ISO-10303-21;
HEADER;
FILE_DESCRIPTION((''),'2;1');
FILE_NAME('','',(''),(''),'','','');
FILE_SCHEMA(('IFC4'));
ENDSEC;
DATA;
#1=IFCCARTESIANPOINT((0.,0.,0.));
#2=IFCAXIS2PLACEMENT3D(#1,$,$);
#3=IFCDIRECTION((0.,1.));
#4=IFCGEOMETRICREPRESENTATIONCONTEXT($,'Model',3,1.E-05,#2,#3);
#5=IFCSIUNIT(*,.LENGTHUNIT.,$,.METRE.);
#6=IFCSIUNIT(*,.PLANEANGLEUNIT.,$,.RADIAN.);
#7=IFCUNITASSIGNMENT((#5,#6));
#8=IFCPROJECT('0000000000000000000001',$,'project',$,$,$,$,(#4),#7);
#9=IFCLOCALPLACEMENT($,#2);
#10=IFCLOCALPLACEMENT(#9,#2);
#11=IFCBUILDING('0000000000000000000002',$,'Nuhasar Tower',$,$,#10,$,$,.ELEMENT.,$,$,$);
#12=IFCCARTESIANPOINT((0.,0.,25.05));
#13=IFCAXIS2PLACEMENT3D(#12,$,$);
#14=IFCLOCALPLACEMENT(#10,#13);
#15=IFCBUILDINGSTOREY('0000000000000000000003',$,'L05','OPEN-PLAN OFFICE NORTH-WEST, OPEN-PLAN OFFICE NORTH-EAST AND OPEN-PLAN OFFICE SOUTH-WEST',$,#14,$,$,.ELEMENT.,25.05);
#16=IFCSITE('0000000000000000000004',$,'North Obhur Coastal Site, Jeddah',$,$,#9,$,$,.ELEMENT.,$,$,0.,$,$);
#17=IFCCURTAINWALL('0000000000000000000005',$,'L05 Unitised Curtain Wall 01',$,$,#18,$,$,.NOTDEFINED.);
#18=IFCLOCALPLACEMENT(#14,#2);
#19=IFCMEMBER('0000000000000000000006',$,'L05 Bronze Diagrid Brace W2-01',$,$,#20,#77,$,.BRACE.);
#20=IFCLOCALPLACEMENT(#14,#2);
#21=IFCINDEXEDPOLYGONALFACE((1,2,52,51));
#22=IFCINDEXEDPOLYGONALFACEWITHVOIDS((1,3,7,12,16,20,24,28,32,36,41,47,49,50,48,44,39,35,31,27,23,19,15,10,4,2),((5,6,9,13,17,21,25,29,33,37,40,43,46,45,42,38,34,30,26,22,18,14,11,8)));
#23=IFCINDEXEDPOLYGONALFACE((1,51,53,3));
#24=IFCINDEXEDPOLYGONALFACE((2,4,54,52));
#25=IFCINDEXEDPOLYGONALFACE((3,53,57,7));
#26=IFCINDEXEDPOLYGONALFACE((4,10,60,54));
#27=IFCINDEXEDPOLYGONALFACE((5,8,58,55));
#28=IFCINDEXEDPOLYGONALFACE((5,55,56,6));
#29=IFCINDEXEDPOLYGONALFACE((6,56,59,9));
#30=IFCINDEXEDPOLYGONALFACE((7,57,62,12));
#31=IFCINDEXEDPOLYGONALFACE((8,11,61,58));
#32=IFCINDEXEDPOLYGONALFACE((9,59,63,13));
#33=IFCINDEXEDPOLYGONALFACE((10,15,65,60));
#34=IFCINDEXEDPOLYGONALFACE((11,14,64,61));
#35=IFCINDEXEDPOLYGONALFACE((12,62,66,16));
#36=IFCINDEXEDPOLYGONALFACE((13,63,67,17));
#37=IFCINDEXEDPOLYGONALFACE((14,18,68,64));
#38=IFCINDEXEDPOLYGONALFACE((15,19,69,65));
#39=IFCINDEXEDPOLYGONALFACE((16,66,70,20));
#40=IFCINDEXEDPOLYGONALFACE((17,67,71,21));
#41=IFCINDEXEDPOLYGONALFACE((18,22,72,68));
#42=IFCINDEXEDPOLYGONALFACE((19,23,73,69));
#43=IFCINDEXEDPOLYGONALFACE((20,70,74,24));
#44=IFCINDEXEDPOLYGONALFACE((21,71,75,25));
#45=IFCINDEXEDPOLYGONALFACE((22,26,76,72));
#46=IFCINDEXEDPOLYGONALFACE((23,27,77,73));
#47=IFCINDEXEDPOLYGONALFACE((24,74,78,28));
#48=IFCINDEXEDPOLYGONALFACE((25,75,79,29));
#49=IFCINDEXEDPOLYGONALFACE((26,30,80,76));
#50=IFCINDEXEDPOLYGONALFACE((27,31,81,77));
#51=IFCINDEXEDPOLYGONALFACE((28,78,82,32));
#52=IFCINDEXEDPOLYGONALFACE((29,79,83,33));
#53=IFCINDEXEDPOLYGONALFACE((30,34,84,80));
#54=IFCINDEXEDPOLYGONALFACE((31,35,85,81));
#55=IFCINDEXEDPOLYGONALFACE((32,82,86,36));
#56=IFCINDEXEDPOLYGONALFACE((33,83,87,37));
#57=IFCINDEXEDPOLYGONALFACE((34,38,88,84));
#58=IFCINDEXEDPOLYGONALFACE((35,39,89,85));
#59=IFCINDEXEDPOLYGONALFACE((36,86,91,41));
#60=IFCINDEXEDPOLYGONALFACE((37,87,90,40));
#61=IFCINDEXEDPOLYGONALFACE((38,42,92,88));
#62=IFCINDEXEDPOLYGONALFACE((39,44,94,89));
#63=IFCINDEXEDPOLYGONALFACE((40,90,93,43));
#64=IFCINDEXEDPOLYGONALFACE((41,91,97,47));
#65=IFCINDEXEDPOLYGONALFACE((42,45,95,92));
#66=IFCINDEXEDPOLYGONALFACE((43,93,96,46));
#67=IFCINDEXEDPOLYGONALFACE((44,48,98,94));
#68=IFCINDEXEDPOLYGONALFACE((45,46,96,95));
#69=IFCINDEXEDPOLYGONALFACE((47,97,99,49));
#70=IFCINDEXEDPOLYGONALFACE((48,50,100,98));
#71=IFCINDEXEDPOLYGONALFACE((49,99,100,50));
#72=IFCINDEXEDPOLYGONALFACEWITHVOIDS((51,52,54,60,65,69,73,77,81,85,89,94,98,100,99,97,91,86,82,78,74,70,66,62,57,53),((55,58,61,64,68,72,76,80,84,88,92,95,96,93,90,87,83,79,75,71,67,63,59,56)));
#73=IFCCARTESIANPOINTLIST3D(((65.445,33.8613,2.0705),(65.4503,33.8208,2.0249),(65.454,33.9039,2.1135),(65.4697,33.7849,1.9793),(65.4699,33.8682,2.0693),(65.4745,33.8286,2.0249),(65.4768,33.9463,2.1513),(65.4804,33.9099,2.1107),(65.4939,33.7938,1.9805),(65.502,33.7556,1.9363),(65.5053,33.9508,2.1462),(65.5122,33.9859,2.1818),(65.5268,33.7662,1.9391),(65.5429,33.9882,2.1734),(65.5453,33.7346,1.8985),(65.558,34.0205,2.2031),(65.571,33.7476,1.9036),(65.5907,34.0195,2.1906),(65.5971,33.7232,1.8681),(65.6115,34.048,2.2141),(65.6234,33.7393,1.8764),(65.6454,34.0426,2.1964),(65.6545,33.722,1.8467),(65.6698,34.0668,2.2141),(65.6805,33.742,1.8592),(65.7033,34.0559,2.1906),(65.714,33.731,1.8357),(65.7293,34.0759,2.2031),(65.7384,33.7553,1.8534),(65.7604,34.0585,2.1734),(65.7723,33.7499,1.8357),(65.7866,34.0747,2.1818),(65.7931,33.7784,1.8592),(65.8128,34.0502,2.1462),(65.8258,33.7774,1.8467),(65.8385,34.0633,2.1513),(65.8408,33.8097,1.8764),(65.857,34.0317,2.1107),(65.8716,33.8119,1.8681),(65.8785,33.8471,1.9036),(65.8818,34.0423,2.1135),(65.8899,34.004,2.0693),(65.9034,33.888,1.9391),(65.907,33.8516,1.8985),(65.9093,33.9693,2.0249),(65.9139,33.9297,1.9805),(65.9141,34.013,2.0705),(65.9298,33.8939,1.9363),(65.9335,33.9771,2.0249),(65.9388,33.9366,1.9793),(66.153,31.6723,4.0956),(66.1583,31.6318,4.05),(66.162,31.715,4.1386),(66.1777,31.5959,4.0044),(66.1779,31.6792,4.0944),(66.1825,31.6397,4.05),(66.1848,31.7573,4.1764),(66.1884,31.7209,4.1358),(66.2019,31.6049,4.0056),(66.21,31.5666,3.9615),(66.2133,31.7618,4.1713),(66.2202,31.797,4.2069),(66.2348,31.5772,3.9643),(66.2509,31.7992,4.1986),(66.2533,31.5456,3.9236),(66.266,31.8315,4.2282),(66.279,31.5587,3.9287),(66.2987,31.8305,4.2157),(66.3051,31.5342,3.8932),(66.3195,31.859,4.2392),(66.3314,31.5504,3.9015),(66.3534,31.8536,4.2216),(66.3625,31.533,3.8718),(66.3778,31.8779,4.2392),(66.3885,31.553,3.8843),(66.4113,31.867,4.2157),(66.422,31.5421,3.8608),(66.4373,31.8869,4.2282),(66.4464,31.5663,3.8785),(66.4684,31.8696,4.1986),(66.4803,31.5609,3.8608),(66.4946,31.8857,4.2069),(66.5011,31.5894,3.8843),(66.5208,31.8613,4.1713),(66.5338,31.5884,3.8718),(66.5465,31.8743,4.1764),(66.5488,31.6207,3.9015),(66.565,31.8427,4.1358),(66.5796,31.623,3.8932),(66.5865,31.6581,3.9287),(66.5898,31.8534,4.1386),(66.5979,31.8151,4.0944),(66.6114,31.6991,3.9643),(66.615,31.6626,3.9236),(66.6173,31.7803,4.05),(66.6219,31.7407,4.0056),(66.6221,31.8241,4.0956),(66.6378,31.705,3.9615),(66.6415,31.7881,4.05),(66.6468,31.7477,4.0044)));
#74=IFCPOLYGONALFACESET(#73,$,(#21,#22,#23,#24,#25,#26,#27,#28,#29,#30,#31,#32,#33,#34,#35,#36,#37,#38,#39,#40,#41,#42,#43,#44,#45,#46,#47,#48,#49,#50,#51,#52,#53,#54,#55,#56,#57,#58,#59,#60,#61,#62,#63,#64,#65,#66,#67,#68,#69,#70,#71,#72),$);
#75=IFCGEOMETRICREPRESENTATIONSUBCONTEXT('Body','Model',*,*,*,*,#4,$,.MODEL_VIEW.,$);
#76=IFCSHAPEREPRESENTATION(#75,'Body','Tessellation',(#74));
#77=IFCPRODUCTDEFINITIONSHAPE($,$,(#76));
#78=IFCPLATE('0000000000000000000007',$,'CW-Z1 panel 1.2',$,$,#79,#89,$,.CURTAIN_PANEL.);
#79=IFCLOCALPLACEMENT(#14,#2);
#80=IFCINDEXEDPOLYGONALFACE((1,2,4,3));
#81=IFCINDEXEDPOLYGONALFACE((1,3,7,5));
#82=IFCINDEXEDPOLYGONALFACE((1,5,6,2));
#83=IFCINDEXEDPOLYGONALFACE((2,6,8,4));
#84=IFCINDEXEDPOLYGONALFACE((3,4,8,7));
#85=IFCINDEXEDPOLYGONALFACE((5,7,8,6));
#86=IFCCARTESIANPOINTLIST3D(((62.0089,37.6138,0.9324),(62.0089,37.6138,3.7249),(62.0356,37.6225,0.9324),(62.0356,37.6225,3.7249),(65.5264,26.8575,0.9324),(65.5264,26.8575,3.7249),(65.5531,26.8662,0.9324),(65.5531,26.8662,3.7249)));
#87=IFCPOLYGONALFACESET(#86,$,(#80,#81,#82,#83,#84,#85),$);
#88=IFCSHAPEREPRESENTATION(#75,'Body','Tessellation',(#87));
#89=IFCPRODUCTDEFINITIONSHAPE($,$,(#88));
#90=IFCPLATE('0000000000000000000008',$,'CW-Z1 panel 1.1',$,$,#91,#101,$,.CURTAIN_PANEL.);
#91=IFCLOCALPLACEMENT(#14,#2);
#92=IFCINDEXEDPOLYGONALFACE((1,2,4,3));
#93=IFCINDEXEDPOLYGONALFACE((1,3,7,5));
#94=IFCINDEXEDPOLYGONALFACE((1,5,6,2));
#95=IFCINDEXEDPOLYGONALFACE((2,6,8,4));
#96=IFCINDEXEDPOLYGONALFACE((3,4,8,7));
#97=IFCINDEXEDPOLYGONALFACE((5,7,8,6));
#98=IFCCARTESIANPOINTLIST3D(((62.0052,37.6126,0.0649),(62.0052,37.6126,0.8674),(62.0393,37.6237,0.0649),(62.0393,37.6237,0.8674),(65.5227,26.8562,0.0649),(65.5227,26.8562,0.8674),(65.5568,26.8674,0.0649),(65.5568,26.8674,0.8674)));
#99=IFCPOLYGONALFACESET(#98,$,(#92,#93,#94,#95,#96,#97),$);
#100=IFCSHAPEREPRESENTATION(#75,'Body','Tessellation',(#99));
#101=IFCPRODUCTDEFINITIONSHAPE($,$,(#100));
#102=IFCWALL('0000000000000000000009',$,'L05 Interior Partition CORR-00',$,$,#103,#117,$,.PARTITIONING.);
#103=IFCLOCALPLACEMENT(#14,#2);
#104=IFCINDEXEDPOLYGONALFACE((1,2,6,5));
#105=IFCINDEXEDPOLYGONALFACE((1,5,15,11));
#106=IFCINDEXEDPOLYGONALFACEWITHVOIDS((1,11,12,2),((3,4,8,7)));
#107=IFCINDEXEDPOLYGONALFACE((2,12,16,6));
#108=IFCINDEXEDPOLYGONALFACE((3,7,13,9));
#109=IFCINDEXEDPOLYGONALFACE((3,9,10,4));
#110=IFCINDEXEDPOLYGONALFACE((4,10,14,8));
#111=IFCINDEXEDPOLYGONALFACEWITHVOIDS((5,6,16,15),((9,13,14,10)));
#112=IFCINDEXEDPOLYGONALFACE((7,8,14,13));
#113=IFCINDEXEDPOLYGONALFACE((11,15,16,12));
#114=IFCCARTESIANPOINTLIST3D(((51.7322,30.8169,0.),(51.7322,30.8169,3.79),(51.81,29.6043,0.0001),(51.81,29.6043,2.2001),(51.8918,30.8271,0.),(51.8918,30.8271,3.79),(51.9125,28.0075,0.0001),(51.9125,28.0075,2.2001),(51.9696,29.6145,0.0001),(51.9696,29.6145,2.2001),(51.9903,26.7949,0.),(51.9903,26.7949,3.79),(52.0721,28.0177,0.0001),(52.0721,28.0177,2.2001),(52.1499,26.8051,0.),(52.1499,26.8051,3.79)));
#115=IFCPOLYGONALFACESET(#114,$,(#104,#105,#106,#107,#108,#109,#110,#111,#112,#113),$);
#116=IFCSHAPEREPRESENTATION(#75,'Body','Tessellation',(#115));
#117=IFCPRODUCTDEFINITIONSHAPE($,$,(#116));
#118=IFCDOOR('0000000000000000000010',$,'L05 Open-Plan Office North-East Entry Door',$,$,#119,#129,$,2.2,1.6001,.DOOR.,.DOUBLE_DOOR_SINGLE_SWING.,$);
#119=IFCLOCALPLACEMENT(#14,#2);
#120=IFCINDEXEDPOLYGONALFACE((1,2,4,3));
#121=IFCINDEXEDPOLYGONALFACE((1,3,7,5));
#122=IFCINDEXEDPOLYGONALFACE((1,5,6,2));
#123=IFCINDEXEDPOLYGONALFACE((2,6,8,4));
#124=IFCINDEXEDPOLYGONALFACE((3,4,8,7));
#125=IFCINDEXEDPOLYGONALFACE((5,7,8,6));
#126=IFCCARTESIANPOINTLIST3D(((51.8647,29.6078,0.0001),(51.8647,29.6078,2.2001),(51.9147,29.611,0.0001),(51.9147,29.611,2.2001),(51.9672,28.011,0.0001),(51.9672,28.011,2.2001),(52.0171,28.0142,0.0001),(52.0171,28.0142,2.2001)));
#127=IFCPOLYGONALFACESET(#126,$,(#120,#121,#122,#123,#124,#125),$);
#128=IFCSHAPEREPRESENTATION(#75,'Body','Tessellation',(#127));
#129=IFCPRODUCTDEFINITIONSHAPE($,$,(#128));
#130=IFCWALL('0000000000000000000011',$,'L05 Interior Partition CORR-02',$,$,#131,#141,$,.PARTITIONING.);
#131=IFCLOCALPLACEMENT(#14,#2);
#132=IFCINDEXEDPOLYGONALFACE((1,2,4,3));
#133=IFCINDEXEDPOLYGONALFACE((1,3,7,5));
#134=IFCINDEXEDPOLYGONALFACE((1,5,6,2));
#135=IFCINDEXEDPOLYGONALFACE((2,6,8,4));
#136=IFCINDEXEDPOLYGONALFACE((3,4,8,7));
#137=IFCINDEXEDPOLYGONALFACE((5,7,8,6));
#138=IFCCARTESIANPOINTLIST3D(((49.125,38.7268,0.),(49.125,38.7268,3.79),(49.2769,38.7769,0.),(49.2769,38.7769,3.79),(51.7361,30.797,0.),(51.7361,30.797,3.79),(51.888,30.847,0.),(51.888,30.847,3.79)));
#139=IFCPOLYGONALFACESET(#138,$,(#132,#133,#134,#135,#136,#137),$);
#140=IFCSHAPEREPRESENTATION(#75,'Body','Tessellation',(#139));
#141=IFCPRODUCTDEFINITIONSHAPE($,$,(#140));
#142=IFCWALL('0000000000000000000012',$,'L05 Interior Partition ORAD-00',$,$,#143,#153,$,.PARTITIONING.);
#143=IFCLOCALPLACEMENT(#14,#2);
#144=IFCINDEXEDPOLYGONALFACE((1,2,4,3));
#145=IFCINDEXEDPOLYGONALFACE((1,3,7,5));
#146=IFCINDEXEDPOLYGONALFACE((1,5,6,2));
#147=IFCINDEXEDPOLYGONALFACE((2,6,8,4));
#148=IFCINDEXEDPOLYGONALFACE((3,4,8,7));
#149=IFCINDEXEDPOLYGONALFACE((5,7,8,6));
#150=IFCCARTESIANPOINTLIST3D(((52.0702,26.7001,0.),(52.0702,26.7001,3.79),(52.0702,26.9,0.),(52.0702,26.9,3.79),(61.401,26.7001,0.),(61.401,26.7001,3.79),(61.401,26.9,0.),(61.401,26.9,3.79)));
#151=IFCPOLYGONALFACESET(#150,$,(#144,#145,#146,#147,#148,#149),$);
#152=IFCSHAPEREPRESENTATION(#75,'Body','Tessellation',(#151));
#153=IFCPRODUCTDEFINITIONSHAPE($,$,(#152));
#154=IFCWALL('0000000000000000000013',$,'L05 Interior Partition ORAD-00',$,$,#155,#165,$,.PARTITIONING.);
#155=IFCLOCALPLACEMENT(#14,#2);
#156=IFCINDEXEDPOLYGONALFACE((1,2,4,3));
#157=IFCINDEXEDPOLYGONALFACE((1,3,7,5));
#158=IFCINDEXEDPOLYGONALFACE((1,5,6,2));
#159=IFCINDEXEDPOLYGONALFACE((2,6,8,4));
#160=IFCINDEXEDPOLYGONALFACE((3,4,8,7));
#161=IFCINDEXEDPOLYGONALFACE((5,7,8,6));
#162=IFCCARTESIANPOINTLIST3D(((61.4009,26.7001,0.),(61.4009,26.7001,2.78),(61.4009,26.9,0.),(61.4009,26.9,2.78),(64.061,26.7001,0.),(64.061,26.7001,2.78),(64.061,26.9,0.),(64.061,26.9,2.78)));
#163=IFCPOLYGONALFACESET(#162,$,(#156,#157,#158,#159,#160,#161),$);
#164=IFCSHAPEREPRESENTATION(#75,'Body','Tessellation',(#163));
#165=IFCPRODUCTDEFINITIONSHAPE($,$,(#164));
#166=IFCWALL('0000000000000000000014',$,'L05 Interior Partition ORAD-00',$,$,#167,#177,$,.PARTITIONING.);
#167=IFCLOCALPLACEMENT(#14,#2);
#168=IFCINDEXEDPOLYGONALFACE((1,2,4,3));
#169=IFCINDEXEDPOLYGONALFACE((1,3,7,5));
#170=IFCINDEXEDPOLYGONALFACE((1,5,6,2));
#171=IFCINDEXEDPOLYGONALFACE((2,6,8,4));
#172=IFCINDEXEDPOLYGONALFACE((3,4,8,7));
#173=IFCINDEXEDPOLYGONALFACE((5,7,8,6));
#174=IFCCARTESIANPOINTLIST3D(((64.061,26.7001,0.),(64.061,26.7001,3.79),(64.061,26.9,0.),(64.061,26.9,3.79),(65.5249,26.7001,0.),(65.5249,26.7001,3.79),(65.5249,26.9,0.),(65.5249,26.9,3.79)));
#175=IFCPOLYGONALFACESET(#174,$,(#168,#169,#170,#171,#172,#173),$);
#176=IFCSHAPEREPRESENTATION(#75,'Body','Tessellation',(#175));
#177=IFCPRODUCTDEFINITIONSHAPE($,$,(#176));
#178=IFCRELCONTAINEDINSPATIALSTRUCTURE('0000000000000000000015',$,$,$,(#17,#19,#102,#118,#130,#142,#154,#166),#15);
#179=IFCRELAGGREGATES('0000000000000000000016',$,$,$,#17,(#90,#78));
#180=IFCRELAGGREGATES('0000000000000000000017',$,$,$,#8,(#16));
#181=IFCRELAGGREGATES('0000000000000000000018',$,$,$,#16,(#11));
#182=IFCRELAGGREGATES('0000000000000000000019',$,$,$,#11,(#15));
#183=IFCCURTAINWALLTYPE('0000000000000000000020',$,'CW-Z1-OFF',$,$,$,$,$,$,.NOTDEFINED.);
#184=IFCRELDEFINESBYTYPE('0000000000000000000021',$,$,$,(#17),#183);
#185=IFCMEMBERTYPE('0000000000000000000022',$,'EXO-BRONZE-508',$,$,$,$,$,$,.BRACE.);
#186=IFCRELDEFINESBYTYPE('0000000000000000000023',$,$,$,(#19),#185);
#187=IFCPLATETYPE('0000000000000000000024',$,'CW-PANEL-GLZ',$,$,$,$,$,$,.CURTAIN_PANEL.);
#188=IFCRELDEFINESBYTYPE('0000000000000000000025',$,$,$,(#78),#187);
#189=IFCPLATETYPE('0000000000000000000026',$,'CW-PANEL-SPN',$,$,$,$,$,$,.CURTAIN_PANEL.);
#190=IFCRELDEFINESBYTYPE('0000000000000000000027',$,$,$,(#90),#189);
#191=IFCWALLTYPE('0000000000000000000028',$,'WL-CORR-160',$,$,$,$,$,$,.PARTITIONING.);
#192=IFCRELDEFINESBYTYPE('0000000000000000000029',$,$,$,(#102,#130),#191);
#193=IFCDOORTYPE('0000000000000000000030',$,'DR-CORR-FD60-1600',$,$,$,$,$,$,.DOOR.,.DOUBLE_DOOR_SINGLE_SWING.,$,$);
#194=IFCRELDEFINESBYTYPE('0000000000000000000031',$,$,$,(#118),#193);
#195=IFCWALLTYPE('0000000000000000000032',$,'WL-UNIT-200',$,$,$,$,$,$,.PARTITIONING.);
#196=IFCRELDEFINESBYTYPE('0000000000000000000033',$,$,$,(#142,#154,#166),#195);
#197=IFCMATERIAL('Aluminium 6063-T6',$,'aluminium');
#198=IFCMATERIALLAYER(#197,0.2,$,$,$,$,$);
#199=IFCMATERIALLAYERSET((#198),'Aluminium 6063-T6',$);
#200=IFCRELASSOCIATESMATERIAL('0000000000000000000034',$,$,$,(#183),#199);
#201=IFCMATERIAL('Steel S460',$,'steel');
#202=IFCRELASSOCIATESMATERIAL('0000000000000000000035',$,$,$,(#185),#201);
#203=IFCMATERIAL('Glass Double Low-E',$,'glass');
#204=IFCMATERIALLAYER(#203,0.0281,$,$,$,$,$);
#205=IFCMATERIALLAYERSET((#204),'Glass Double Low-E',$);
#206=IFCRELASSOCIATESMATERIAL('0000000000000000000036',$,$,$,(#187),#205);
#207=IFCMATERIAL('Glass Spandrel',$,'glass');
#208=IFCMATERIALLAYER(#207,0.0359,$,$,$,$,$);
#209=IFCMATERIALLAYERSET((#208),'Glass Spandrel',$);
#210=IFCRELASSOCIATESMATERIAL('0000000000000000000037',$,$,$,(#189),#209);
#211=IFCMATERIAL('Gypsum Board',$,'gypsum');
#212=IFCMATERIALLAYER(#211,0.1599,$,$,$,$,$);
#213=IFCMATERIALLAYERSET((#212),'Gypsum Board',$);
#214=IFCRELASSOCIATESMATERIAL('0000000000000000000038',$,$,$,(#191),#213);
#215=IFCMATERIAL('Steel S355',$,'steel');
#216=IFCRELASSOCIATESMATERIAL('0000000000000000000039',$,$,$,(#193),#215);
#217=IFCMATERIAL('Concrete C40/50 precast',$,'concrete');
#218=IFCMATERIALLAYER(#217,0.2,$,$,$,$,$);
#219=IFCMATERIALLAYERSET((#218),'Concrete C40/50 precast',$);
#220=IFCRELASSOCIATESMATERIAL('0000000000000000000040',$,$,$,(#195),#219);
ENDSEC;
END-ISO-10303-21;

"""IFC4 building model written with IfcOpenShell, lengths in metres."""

from ifc_helpers import new_model, si_unit, direction, frame, frame_2d, origin, origin_2d, place, context, subcontext, project, spatial, rectangle, hollow_circle, extrude, material, layer, layer_set, material_profile, profile_set, type_object, element, fill, aggregate, save


model = new_model("IFC4")

# Units and contexts
model_context = context("Model", 3, precision=1e-05, world=origin(), true_north=direction((0.0, 1.0)))
body_context = subcontext(model_context, "Body", "Model", "MODEL_VIEW")
ifc_project = project(units=[si_unit("LENGTHUNIT", "METRE"), si_unit("PLANEANGLEUNIT", "RADIAN")], contexts=[model_context])

# Site, building, storey
site_placement = place(None, origin())
site = spatial("IfcSite", under=ifc_project, at=site_placement, Name="North Obhur Coastal Site, Jeddah", CompositionType="ELEMENT", RefElevation=0.0)
building_placement = place(site_placement, origin())
building = spatial("IfcBuilding", under=site, at=building_placement, Name="Nuhasar Tower", CompositionType="ELEMENT")
storey_placement = place(building_placement, frame((0.0, 0.0, 25.05)))
storey = spatial("IfcBuildingStorey", under=building, at=storey_placement, Name="L05", Description="OPEN-PLAN OFFICE NORTH-WEST, OPEN-PLAN OFFICE NORTH-EAST AND OPEN-PLAN OFFICE SOUTH-WEST", CompositionType="ELEMENT", Elevation=25.05)

# Shared definitions
ifc_material_1 = material(Name="Steel S355", Category="steel")

# Curtain wall
ifc_material_2 = material(Name="Aluminium 6063-T6", Category="aluminium")
ifc_layer_1 = layer(ifc_material_2, 0.2)
ifc_layer_set_1 = layer_set([ifc_layer_1], Name="Aluminium 6063-T6")
curtain_wall_type = type_object("IfcCurtainWallType", Name="CW-Z1-OFF", PredefinedType="NOTDEFINED", material=ifc_layer_set_1)
curtain_wall_1_placement = place(storey_placement, origin())
curtain_wall_1 = element("IfcCurtainWall", 1, at=curtain_wall_1_placement, inside=storey, type_object=curtain_wall_type, Name="L05 Unitised Curtain Wall 01", PredefinedType="NOTDEFINED")

# Member
ifc_material_3 = material(Name="Steel S460", Category="steel")
ifc_material_profile_1 = material_profile(ifc_material_3, hollow_circle(Radius=0.2539, WallThickness=0.0254, at=origin_2d()), Name="HSS508X25.4")
ifc_profile_set_1 = profile_set([ifc_material_profile_1], Name="Steel S460")
member_type_1 = type_object("IfcMemberType", Name="EXO-BRONZE-508", PredefinedType="BRACE", material=ifc_profile_set_1)
member_1_placement = place(storey_placement, frame((65.6919, 33.8989, 2.0249), z_axis=(0.231, -0.714187, 0.660739), x_axis=(0.951468, 0.307747, 0.0)))
element("IfcMember", 2, at=member_1_placement, inside=storey, type_object=member_type_1, Name="L05 Bronze Diagrid Brace W2-01", PredefinedType="BRACE", context=body_context, shape_type="SweptSolid", body=[
    extrude(hollow_circle(Radius=0.2539, WallThickness=0.0254, at=origin_2d()), origin(), (0.0, 0.0, 1.0), 3.0649),
])

# Plates
ifc_material_4 = material(Name="Glass Double Low-E", Category="glass")
ifc_layer_2 = layer(ifc_material_4, 0.0281)
ifc_layer_set_2 = layer_set([ifc_layer_2], Name="Glass Double Low-E")
plate_type_1 = type_object("IfcPlateType", Name="CW-PANEL-GLZ", PredefinedType="CURTAIN_PANEL", material=ifc_layer_set_2)
plate_1_placement = place(storey_placement, frame((63.781, 32.24, 0.9324), z_axis=(0.0, 0.0, 1.0), x_axis=(-0.310824, 0.950468, 0.0)))
plate_1 = element("IfcPlate", 3, at=plate_1_placement, type_object=plate_type_1, Name="CW-Z1 panel 1.2", PredefinedType="CURTAIN_PANEL", context=body_context, shape_type="SweptSolid", body=[
    extrude(rectangle(XDim=11.3169, YDim=0.0281, at=origin_2d()), origin(), (0.0, 0.0, 1.0), 2.7925),
])
ifc_material_5 = material(Name="Glass Spandrel", Category="glass")
ifc_layer_3 = layer(ifc_material_5, 0.0359)
ifc_layer_set_3 = layer_set([ifc_layer_3], Name="Glass Spandrel")
plate_type_2 = type_object("IfcPlateType", Name="CW-PANEL-SPN", PredefinedType="CURTAIN_PANEL", material=ifc_layer_set_3)
plate_2_placement = place(storey_placement, frame((63.781, 32.24, 0.0649), z_axis=(0.0, 0.0, 1.0), x_axis=(-0.310824, 0.950468, 0.0)))
plate_2 = element("IfcPlate", 4, at=plate_2_placement, type_object=plate_type_2, Name="CW-Z1 panel 1.1", PredefinedType="CURTAIN_PANEL", context=body_context, shape_type="SweptSolid", body=[
    extrude(rectangle(XDim=11.3169, YDim=0.0359, at=origin_2d()), origin(), (0.0, 0.0, 1.0), 0.8025),
])
aggregate(curtain_wall_1, [plate_2, plate_1])

# Wall, opening, door
ifc_material_6 = material(Name="Gypsum Board", Category="gypsum")
ifc_layer_4 = layer(ifc_material_6, 0.1599)
ifc_layer_set_4 = layer_set([ifc_layer_4], Name="Gypsum Board")
wall_type_1 = type_object("IfcWallType", Name="WL-CORR-160", PredefinedType="PARTITIONING", material=ifc_layer_set_4)
wall_1_placement = place(storey_placement, frame((51.812, 30.822, 0.0), z_axis=(0.0, 0.0, 1.0), x_axis=(0.06403, -0.997948, 0.0)))
wall_1 = element("IfcWall", 5, at=wall_1_placement, inside=storey, type_object=wall_type_1, Name="L05 Interior Partition CORR-00", PredefinedType="PARTITIONING", context=body_context, shape_type="SweptSolid", body=[
    extrude(rectangle(XDim=4.0303, YDim=0.1599, at=frame_2d((2.0151, 0.0))), origin(), (0.0, 0.0, 1.0), 3.79),
])
opening_placement = place(wall_1_placement, frame((1.2151, 0.0, 0.0)))
opening = element("IfcOpeningElement", 6, at=opening_placement, cuts=wall_1, PredefinedType="OPENING", context=body_context, shape_type="SweptSolid", body=[
    extrude(rectangle(XDim=1.6001, YDim=2.2, at=frame_2d((0.8, 1.1001))), frame((0.0, 0.0898, 0.0), z_axis=(0.0, -1.0, 0.0), x_axis=(1.0, 0.0, 0.0)), (0.0, 0.0, 1.0), 0.1799),
])
door_type = type_object("IfcDoorType", Name="DR-CORR-FD60-1600", OperationType="DOUBLE_DOOR_SINGLE_SWING", PredefinedType="DOOR", material=ifc_material_1)
door_placement = place(opening_placement, origin())
door = element("IfcDoor", 7, at=door_placement, inside=storey, type_object=door_type, Name="L05 Open-Plan Office North-East Entry Door", OperationType="DOUBLE_DOOR_SINGLE_SWING", OverallHeight=2.2, OverallWidth=1.6001, PredefinedType="DOOR", context=body_context, shape_type="SweptSolid", body=[
    extrude(rectangle(XDim=1.6001, YDim=2.2, at=frame_2d((0.8, 1.1001))), frame((0.0, 0.0249, 0.0), z_axis=(0.0, -1.0, 0.0), x_axis=(1.0, 0.0, 0.0)), (0.0, 0.0, 1.0), 0.05),
])
fill(opening, door)

# Walls
wall_2_placement = place(storey_placement, frame((51.812, 30.822, 0.0), z_axis=(0.0, 0.0, 1.0), x_axis=(-0.312752, 0.949835, 0.0)))
element("IfcWall", 8, at=wall_2_placement, inside=storey, type_object=wall_type_1, Name="L05 Interior Partition CORR-02", PredefinedType="PARTITIONING", context=body_context, shape_type="SweptSolid", body=[
    extrude(rectangle(XDim=8.3486, YDim=0.1599, at=frame_2d((4.1743, 0.0))), origin(), (0.0, 0.0, 1.0), 3.79),
])
ifc_material_7 = material(Name="Concrete C40/50 precast", Category="concrete")
ifc_layer_5 = layer(ifc_material_7, 0.2)
ifc_layer_set_5 = layer_set([ifc_layer_5], Name="Concrete C40/50 precast")
wall_type_2 = type_object("IfcWallType", Name="WL-UNIT-200", PredefinedType="PARTITIONING", material=ifc_layer_set_5)
wall_3_placement = place(storey_placement, frame((52.0701, 26.8, 0.0), z_axis=(0.0, 0.0, 1.0), x_axis=(1.0, 0.0, 0.0)))
element("IfcWall", 9, at=wall_3_placement, inside=storey, type_object=wall_type_2, Name="L05 Interior Partition ORAD-00", PredefinedType="PARTITIONING", context=body_context, shape_type="SweptSolid", body=[
    extrude(rectangle(XDim=9.3308, YDim=0.2, at=frame_2d((4.6655, 0.0))), origin(), (0.0, 0.0, 1.0), 3.79),
])
wall_4_placement = place(storey_placement, frame((61.4009, 26.8, 0.0), z_axis=(0.0, 0.0, 1.0), x_axis=(1.0, 0.0, 0.0)))
element("IfcWall", 10, at=wall_4_placement, inside=storey, type_object=wall_type_2, Name="L05 Interior Partition ORAD-00", PredefinedType="PARTITIONING", context=body_context, shape_type="SweptSolid", body=[
    extrude(rectangle(XDim=2.6602, YDim=0.2, at=frame_2d((1.3301, 0.0))), origin(), (0.0, 0.0, 1.0), 2.78),
])
wall_5_placement = place(storey_placement, frame((64.061, 26.8, 0.0), z_axis=(0.0, 0.0, 1.0), x_axis=(1.0, 0.0, 0.0)))
element("IfcWall", 11, at=wall_5_placement, inside=storey, type_object=wall_type_2, Name="L05 Interior Partition ORAD-00", PredefinedType="PARTITIONING", context=body_context, shape_type="SweptSolid", body=[
    extrude(rectangle(XDim=1.4639, YDim=0.2, at=frame_2d((0.7319, 0.0))), origin(), (0.0, 0.0, 1.0), 3.79),
])

save(model, "model.ifc")
